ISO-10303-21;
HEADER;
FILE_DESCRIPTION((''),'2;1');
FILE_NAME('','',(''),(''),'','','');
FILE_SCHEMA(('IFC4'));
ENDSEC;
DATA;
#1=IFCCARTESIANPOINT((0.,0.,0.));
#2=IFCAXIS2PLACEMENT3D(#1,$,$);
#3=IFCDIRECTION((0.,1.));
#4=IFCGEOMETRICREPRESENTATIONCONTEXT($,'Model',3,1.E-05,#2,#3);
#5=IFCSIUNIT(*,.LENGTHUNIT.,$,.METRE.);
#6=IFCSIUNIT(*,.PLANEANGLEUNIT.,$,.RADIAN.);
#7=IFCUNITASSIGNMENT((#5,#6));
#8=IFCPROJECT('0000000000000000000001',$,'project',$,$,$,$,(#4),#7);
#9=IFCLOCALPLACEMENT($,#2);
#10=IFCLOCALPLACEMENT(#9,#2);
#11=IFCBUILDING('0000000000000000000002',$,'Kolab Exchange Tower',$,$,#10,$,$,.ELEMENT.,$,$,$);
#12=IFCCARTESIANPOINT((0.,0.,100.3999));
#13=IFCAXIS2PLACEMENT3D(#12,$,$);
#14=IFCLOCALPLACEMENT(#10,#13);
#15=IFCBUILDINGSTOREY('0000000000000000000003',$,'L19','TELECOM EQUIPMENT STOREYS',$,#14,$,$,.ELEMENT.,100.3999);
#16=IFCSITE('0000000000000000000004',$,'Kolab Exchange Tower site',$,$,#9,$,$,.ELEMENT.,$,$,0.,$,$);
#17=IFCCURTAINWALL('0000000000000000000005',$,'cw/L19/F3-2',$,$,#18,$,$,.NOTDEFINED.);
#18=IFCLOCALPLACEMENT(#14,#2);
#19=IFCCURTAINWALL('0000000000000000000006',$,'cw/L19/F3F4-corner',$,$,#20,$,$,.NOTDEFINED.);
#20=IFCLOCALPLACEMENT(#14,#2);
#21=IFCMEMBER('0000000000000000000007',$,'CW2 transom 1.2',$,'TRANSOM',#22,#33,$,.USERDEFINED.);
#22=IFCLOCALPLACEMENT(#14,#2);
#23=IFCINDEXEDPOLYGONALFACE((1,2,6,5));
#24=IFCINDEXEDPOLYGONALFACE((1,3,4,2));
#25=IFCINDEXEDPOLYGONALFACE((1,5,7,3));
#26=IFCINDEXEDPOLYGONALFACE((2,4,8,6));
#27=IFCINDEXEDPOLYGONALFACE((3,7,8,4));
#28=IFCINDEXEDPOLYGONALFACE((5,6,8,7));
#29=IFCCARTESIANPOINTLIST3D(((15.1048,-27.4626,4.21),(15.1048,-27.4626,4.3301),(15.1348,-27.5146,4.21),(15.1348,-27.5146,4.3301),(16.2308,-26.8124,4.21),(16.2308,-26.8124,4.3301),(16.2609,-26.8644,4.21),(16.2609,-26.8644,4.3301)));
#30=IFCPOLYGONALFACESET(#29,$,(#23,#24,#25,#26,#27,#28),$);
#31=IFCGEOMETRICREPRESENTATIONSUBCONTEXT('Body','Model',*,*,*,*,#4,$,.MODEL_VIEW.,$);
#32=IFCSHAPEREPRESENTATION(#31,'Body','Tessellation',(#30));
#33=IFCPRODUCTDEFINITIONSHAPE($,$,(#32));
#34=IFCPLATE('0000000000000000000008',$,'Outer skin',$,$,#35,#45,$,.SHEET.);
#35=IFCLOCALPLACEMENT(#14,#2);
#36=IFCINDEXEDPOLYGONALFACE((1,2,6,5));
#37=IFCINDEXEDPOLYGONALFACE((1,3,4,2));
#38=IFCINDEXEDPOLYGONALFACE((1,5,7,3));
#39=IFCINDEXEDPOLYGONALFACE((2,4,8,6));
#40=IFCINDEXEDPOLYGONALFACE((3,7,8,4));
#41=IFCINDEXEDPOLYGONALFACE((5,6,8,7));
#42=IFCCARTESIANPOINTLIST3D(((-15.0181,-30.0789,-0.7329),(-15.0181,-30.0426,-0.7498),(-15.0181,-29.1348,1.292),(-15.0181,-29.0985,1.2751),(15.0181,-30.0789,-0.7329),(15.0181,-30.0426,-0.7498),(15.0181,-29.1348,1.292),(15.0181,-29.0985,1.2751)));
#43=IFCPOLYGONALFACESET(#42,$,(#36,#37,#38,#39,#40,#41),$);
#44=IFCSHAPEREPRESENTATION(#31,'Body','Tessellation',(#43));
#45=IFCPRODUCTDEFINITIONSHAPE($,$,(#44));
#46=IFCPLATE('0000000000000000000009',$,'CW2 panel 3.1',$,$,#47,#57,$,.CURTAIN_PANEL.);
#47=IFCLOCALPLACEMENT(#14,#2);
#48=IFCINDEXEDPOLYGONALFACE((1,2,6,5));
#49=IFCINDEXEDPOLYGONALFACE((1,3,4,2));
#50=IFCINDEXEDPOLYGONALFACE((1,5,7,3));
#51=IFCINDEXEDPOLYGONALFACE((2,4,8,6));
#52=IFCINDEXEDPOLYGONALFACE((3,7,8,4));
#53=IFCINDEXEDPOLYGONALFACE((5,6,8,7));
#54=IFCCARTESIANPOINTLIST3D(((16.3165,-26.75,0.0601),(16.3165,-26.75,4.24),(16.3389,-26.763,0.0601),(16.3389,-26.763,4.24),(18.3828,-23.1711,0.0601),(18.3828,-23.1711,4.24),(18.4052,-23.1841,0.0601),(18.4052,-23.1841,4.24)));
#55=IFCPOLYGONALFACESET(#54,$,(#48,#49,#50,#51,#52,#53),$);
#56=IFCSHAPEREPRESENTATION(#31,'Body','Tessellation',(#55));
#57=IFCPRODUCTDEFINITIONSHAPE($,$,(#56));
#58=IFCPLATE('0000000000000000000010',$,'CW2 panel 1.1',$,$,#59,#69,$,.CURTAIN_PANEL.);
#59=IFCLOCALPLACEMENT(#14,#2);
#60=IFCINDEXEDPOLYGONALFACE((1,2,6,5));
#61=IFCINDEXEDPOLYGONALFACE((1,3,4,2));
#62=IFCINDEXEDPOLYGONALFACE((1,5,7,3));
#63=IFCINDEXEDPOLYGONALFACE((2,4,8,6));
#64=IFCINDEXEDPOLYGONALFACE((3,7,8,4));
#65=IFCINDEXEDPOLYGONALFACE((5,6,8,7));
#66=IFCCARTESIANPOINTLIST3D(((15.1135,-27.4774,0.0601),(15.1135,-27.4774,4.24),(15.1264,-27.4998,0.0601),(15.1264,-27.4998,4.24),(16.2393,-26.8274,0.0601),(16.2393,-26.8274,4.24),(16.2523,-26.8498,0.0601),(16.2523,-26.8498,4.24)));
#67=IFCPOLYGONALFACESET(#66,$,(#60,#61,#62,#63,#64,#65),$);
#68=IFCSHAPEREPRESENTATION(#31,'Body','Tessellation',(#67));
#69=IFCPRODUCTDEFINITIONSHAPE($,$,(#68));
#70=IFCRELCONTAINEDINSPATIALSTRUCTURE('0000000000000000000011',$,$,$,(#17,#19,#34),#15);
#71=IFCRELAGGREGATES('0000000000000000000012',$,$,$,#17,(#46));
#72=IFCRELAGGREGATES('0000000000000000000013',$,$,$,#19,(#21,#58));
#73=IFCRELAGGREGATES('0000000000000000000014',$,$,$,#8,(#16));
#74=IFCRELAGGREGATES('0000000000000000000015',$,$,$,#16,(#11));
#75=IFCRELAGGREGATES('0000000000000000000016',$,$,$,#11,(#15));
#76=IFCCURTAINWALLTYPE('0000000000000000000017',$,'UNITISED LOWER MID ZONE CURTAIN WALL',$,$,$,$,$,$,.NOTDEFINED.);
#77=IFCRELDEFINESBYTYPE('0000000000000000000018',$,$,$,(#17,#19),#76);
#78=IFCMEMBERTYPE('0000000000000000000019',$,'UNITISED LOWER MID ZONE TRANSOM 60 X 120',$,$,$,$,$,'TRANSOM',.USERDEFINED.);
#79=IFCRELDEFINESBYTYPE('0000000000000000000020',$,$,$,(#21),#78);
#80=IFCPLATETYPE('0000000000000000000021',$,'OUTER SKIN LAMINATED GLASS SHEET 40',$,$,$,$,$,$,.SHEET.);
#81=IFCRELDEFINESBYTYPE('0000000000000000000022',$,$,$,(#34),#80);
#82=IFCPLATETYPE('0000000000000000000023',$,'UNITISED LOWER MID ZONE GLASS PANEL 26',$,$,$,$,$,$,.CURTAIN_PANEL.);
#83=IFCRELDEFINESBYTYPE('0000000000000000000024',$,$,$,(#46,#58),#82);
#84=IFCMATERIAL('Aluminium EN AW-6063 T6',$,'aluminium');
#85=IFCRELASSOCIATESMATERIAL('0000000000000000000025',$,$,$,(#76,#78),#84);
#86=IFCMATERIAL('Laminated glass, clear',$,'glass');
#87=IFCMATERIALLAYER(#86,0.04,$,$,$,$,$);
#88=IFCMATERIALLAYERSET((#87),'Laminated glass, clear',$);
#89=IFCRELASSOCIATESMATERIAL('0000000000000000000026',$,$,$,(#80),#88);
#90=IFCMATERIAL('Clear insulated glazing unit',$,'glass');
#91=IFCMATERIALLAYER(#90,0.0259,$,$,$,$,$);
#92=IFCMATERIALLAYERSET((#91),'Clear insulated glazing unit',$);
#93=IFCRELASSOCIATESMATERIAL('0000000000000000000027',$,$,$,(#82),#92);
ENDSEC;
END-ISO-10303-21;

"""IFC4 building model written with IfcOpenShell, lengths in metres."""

from ifc_helpers import new_model, si_unit, direction, frame, origin, origin_2d, place, context, subcontext, project, spatial, polyline, rectangle, outline, extrude, material, layer, layer_set, material_profile, profile_set, type_object, element, aggregate, save


model = new_model("IFC4")

# Units and contexts
model_context = context("Model", 3, precision=1e-05, world=origin(), true_north=direction((0.0, 1.0)))
body_context = subcontext(model_context, "Body", "Model", "MODEL_VIEW")
ifc_project = project(units=[si_unit("LENGTHUNIT", "METRE"), si_unit("PLANEANGLEUNIT", "RADIAN")], contexts=[model_context])

# Site, building, storey
site_placement = place(None, origin())
site = spatial("IfcSite", under=ifc_project, at=site_placement, Name="Kolab Exchange Tower site", CompositionType="ELEMENT", RefElevation=0.0)
building_placement = place(site_placement, origin())
building = spatial("IfcBuilding", under=site, at=building_placement, Name="Kolab Exchange Tower", CompositionType="ELEMENT")
storey_placement = place(building_placement, frame((0.0, 0.0, 100.3999)))
storey = spatial("IfcBuildingStorey", under=building, at=storey_placement, Name="L19", Description="TELECOM EQUIPMENT STOREYS", CompositionType="ELEMENT", Elevation=100.3999)

# Curtain wall
ifc_material_1 = material(Name="Aluminium EN AW-6063 T6", Category="aluminium")
curtain_wall_type = type_object("IfcCurtainWallType", Name="UNITISED LOWER MID ZONE CURTAIN WALL", PredefinedType="NOTDEFINED", material=ifc_material_1)
curtain_wall_1_placement = place(storey_placement, origin())
curtain_wall_1 = element("IfcCurtainWall", 1, at=curtain_wall_1_placement, inside=storey, type_object=curtain_wall_type, Name="cw/L19/F3-2", PredefinedType="NOTDEFINED")

# Curtain wall
curtain_wall_2_placement = place(storey_placement, origin())
curtain_wall_2 = element("IfcCurtainWall", 2, at=curtain_wall_2_placement, inside=storey, type_object=curtain_wall_type, Name="cw/L19/F3F4-corner", PredefinedType="NOTDEFINED")

# Member
ifc_material_profile_1 = material_profile(ifc_material_1, rectangle(XDim=0.0601, YDim=0.1201, at=origin_2d()), Name="RECT 60X120")
ifc_profile_set_1 = profile_set([ifc_material_profile_1], Name="Aluminium EN AW-6063 T6")
member_type_1 = type_object("IfcMemberType", Name="UNITISED LOWER MID ZONE TRANSOM 60 X 120", ElementType="TRANSOM", PredefinedType="USERDEFINED", material=ifc_profile_set_1)
member_1_placement = place(storey_placement, frame((16.2458, -26.8384, 4.27), z_axis=(-0.866004, -0.500037, 0.0), x_axis=(0.500037, -0.866004, 0.0)))
member_1 = element("IfcMember", 3, at=member_1_placement, type_object=member_type_1, Name="CW2 transom 1.2", ObjectType="TRANSOM", PredefinedType="USERDEFINED", context=body_context, shape_type="SweptSolid", body=[
    extrude(rectangle(XDim=0.0601, YDim=0.1201, at=origin_2d()), origin(), (0.0, 0.0, 1.0), 1.3003),
])

# Plates
ifc_material_2 = material(Name="Laminated glass, clear", Category="glass")
ifc_layer_1 = layer(ifc_material_2, 0.04)
ifc_layer_set_1 = layer_set([ifc_layer_1], Name="Laminated glass, clear")
plate_type_1 = type_object("IfcPlateType", Name="OUTER SKIN LAMINATED GLASS SHEET 40", PredefinedType="SHEET", material=ifc_layer_set_1)
plate_1_placement = place(storey_placement, frame((15.0181, -30.0789, -0.7329), z_axis=(0.0, -0.906331, 0.422568), x_axis=(-1.0, 0.0, 0.0)))
element("IfcPlate", 4, at=plate_1_placement, inside=storey, type_object=plate_type_1, Name="Outer skin", PredefinedType="SHEET", context=body_context, shape_type="SweptSolid", body=[
    extrude(outline(polyline([(0.0, 0.0), (30.0361, 0.0), (30.0361, -2.2342), (0.0, -2.2342), (0.0, 0.0)])), origin(), (0.0, 0.0, -1.0), 0.04),
])
ifc_material_3 = material(Name="Clear insulated glazing unit", Category="glass")
ifc_layer_2 = layer(ifc_material_3, 0.0259)
ifc_layer_set_2 = layer_set([ifc_layer_2], Name="Clear insulated glazing unit")
plate_type_2 = type_object("IfcPlateType", Name="UNITISED LOWER MID ZONE GLASS PANEL 26", PredefinedType="CURTAIN_PANEL", material=ifc_layer_set_2)
plate_2_placement = place(storey_placement, frame((17.3608, -24.967, 0.0601), z_axis=(0.0, 0.0, 1.0), x_axis=(-0.5, -0.866025, 0.0)))
plate_2 = element("IfcPlate", 5, at=plate_2_placement, type_object=plate_type_2, Name="CW2 panel 3.1", PredefinedType="CURTAIN_PANEL", context=body_context, shape_type="SweptSolid", body=[
    extrude(rectangle(XDim=4.1326, YDim=0.0259, at=origin_2d()), origin(), (0.0, 0.0, 1.0), 4.1799),
])
aggregate(curtain_wall_1, [plate_2])
plate_3_placement = place(storey_placement, frame((15.6829, -27.1636, 0.0601), z_axis=(0.0, 0.0, 1.0), x_axis=(-0.866025, -0.5, 0.0)))
plate_3 = element("IfcPlate", 6, at=plate_3_placement, type_object=plate_type_2, Name="CW2 panel 1.1", PredefinedType="CURTAIN_PANEL", context=body_context, shape_type="SweptSolid", body=[
    extrude(rectangle(XDim=1.3, YDim=0.0259, at=origin_2d()), origin(), (0.0, 0.0, 1.0), 4.1799),
])
aggregate(curtain_wall_2, [member_1, plate_3])

save(model, "model.ifc")
